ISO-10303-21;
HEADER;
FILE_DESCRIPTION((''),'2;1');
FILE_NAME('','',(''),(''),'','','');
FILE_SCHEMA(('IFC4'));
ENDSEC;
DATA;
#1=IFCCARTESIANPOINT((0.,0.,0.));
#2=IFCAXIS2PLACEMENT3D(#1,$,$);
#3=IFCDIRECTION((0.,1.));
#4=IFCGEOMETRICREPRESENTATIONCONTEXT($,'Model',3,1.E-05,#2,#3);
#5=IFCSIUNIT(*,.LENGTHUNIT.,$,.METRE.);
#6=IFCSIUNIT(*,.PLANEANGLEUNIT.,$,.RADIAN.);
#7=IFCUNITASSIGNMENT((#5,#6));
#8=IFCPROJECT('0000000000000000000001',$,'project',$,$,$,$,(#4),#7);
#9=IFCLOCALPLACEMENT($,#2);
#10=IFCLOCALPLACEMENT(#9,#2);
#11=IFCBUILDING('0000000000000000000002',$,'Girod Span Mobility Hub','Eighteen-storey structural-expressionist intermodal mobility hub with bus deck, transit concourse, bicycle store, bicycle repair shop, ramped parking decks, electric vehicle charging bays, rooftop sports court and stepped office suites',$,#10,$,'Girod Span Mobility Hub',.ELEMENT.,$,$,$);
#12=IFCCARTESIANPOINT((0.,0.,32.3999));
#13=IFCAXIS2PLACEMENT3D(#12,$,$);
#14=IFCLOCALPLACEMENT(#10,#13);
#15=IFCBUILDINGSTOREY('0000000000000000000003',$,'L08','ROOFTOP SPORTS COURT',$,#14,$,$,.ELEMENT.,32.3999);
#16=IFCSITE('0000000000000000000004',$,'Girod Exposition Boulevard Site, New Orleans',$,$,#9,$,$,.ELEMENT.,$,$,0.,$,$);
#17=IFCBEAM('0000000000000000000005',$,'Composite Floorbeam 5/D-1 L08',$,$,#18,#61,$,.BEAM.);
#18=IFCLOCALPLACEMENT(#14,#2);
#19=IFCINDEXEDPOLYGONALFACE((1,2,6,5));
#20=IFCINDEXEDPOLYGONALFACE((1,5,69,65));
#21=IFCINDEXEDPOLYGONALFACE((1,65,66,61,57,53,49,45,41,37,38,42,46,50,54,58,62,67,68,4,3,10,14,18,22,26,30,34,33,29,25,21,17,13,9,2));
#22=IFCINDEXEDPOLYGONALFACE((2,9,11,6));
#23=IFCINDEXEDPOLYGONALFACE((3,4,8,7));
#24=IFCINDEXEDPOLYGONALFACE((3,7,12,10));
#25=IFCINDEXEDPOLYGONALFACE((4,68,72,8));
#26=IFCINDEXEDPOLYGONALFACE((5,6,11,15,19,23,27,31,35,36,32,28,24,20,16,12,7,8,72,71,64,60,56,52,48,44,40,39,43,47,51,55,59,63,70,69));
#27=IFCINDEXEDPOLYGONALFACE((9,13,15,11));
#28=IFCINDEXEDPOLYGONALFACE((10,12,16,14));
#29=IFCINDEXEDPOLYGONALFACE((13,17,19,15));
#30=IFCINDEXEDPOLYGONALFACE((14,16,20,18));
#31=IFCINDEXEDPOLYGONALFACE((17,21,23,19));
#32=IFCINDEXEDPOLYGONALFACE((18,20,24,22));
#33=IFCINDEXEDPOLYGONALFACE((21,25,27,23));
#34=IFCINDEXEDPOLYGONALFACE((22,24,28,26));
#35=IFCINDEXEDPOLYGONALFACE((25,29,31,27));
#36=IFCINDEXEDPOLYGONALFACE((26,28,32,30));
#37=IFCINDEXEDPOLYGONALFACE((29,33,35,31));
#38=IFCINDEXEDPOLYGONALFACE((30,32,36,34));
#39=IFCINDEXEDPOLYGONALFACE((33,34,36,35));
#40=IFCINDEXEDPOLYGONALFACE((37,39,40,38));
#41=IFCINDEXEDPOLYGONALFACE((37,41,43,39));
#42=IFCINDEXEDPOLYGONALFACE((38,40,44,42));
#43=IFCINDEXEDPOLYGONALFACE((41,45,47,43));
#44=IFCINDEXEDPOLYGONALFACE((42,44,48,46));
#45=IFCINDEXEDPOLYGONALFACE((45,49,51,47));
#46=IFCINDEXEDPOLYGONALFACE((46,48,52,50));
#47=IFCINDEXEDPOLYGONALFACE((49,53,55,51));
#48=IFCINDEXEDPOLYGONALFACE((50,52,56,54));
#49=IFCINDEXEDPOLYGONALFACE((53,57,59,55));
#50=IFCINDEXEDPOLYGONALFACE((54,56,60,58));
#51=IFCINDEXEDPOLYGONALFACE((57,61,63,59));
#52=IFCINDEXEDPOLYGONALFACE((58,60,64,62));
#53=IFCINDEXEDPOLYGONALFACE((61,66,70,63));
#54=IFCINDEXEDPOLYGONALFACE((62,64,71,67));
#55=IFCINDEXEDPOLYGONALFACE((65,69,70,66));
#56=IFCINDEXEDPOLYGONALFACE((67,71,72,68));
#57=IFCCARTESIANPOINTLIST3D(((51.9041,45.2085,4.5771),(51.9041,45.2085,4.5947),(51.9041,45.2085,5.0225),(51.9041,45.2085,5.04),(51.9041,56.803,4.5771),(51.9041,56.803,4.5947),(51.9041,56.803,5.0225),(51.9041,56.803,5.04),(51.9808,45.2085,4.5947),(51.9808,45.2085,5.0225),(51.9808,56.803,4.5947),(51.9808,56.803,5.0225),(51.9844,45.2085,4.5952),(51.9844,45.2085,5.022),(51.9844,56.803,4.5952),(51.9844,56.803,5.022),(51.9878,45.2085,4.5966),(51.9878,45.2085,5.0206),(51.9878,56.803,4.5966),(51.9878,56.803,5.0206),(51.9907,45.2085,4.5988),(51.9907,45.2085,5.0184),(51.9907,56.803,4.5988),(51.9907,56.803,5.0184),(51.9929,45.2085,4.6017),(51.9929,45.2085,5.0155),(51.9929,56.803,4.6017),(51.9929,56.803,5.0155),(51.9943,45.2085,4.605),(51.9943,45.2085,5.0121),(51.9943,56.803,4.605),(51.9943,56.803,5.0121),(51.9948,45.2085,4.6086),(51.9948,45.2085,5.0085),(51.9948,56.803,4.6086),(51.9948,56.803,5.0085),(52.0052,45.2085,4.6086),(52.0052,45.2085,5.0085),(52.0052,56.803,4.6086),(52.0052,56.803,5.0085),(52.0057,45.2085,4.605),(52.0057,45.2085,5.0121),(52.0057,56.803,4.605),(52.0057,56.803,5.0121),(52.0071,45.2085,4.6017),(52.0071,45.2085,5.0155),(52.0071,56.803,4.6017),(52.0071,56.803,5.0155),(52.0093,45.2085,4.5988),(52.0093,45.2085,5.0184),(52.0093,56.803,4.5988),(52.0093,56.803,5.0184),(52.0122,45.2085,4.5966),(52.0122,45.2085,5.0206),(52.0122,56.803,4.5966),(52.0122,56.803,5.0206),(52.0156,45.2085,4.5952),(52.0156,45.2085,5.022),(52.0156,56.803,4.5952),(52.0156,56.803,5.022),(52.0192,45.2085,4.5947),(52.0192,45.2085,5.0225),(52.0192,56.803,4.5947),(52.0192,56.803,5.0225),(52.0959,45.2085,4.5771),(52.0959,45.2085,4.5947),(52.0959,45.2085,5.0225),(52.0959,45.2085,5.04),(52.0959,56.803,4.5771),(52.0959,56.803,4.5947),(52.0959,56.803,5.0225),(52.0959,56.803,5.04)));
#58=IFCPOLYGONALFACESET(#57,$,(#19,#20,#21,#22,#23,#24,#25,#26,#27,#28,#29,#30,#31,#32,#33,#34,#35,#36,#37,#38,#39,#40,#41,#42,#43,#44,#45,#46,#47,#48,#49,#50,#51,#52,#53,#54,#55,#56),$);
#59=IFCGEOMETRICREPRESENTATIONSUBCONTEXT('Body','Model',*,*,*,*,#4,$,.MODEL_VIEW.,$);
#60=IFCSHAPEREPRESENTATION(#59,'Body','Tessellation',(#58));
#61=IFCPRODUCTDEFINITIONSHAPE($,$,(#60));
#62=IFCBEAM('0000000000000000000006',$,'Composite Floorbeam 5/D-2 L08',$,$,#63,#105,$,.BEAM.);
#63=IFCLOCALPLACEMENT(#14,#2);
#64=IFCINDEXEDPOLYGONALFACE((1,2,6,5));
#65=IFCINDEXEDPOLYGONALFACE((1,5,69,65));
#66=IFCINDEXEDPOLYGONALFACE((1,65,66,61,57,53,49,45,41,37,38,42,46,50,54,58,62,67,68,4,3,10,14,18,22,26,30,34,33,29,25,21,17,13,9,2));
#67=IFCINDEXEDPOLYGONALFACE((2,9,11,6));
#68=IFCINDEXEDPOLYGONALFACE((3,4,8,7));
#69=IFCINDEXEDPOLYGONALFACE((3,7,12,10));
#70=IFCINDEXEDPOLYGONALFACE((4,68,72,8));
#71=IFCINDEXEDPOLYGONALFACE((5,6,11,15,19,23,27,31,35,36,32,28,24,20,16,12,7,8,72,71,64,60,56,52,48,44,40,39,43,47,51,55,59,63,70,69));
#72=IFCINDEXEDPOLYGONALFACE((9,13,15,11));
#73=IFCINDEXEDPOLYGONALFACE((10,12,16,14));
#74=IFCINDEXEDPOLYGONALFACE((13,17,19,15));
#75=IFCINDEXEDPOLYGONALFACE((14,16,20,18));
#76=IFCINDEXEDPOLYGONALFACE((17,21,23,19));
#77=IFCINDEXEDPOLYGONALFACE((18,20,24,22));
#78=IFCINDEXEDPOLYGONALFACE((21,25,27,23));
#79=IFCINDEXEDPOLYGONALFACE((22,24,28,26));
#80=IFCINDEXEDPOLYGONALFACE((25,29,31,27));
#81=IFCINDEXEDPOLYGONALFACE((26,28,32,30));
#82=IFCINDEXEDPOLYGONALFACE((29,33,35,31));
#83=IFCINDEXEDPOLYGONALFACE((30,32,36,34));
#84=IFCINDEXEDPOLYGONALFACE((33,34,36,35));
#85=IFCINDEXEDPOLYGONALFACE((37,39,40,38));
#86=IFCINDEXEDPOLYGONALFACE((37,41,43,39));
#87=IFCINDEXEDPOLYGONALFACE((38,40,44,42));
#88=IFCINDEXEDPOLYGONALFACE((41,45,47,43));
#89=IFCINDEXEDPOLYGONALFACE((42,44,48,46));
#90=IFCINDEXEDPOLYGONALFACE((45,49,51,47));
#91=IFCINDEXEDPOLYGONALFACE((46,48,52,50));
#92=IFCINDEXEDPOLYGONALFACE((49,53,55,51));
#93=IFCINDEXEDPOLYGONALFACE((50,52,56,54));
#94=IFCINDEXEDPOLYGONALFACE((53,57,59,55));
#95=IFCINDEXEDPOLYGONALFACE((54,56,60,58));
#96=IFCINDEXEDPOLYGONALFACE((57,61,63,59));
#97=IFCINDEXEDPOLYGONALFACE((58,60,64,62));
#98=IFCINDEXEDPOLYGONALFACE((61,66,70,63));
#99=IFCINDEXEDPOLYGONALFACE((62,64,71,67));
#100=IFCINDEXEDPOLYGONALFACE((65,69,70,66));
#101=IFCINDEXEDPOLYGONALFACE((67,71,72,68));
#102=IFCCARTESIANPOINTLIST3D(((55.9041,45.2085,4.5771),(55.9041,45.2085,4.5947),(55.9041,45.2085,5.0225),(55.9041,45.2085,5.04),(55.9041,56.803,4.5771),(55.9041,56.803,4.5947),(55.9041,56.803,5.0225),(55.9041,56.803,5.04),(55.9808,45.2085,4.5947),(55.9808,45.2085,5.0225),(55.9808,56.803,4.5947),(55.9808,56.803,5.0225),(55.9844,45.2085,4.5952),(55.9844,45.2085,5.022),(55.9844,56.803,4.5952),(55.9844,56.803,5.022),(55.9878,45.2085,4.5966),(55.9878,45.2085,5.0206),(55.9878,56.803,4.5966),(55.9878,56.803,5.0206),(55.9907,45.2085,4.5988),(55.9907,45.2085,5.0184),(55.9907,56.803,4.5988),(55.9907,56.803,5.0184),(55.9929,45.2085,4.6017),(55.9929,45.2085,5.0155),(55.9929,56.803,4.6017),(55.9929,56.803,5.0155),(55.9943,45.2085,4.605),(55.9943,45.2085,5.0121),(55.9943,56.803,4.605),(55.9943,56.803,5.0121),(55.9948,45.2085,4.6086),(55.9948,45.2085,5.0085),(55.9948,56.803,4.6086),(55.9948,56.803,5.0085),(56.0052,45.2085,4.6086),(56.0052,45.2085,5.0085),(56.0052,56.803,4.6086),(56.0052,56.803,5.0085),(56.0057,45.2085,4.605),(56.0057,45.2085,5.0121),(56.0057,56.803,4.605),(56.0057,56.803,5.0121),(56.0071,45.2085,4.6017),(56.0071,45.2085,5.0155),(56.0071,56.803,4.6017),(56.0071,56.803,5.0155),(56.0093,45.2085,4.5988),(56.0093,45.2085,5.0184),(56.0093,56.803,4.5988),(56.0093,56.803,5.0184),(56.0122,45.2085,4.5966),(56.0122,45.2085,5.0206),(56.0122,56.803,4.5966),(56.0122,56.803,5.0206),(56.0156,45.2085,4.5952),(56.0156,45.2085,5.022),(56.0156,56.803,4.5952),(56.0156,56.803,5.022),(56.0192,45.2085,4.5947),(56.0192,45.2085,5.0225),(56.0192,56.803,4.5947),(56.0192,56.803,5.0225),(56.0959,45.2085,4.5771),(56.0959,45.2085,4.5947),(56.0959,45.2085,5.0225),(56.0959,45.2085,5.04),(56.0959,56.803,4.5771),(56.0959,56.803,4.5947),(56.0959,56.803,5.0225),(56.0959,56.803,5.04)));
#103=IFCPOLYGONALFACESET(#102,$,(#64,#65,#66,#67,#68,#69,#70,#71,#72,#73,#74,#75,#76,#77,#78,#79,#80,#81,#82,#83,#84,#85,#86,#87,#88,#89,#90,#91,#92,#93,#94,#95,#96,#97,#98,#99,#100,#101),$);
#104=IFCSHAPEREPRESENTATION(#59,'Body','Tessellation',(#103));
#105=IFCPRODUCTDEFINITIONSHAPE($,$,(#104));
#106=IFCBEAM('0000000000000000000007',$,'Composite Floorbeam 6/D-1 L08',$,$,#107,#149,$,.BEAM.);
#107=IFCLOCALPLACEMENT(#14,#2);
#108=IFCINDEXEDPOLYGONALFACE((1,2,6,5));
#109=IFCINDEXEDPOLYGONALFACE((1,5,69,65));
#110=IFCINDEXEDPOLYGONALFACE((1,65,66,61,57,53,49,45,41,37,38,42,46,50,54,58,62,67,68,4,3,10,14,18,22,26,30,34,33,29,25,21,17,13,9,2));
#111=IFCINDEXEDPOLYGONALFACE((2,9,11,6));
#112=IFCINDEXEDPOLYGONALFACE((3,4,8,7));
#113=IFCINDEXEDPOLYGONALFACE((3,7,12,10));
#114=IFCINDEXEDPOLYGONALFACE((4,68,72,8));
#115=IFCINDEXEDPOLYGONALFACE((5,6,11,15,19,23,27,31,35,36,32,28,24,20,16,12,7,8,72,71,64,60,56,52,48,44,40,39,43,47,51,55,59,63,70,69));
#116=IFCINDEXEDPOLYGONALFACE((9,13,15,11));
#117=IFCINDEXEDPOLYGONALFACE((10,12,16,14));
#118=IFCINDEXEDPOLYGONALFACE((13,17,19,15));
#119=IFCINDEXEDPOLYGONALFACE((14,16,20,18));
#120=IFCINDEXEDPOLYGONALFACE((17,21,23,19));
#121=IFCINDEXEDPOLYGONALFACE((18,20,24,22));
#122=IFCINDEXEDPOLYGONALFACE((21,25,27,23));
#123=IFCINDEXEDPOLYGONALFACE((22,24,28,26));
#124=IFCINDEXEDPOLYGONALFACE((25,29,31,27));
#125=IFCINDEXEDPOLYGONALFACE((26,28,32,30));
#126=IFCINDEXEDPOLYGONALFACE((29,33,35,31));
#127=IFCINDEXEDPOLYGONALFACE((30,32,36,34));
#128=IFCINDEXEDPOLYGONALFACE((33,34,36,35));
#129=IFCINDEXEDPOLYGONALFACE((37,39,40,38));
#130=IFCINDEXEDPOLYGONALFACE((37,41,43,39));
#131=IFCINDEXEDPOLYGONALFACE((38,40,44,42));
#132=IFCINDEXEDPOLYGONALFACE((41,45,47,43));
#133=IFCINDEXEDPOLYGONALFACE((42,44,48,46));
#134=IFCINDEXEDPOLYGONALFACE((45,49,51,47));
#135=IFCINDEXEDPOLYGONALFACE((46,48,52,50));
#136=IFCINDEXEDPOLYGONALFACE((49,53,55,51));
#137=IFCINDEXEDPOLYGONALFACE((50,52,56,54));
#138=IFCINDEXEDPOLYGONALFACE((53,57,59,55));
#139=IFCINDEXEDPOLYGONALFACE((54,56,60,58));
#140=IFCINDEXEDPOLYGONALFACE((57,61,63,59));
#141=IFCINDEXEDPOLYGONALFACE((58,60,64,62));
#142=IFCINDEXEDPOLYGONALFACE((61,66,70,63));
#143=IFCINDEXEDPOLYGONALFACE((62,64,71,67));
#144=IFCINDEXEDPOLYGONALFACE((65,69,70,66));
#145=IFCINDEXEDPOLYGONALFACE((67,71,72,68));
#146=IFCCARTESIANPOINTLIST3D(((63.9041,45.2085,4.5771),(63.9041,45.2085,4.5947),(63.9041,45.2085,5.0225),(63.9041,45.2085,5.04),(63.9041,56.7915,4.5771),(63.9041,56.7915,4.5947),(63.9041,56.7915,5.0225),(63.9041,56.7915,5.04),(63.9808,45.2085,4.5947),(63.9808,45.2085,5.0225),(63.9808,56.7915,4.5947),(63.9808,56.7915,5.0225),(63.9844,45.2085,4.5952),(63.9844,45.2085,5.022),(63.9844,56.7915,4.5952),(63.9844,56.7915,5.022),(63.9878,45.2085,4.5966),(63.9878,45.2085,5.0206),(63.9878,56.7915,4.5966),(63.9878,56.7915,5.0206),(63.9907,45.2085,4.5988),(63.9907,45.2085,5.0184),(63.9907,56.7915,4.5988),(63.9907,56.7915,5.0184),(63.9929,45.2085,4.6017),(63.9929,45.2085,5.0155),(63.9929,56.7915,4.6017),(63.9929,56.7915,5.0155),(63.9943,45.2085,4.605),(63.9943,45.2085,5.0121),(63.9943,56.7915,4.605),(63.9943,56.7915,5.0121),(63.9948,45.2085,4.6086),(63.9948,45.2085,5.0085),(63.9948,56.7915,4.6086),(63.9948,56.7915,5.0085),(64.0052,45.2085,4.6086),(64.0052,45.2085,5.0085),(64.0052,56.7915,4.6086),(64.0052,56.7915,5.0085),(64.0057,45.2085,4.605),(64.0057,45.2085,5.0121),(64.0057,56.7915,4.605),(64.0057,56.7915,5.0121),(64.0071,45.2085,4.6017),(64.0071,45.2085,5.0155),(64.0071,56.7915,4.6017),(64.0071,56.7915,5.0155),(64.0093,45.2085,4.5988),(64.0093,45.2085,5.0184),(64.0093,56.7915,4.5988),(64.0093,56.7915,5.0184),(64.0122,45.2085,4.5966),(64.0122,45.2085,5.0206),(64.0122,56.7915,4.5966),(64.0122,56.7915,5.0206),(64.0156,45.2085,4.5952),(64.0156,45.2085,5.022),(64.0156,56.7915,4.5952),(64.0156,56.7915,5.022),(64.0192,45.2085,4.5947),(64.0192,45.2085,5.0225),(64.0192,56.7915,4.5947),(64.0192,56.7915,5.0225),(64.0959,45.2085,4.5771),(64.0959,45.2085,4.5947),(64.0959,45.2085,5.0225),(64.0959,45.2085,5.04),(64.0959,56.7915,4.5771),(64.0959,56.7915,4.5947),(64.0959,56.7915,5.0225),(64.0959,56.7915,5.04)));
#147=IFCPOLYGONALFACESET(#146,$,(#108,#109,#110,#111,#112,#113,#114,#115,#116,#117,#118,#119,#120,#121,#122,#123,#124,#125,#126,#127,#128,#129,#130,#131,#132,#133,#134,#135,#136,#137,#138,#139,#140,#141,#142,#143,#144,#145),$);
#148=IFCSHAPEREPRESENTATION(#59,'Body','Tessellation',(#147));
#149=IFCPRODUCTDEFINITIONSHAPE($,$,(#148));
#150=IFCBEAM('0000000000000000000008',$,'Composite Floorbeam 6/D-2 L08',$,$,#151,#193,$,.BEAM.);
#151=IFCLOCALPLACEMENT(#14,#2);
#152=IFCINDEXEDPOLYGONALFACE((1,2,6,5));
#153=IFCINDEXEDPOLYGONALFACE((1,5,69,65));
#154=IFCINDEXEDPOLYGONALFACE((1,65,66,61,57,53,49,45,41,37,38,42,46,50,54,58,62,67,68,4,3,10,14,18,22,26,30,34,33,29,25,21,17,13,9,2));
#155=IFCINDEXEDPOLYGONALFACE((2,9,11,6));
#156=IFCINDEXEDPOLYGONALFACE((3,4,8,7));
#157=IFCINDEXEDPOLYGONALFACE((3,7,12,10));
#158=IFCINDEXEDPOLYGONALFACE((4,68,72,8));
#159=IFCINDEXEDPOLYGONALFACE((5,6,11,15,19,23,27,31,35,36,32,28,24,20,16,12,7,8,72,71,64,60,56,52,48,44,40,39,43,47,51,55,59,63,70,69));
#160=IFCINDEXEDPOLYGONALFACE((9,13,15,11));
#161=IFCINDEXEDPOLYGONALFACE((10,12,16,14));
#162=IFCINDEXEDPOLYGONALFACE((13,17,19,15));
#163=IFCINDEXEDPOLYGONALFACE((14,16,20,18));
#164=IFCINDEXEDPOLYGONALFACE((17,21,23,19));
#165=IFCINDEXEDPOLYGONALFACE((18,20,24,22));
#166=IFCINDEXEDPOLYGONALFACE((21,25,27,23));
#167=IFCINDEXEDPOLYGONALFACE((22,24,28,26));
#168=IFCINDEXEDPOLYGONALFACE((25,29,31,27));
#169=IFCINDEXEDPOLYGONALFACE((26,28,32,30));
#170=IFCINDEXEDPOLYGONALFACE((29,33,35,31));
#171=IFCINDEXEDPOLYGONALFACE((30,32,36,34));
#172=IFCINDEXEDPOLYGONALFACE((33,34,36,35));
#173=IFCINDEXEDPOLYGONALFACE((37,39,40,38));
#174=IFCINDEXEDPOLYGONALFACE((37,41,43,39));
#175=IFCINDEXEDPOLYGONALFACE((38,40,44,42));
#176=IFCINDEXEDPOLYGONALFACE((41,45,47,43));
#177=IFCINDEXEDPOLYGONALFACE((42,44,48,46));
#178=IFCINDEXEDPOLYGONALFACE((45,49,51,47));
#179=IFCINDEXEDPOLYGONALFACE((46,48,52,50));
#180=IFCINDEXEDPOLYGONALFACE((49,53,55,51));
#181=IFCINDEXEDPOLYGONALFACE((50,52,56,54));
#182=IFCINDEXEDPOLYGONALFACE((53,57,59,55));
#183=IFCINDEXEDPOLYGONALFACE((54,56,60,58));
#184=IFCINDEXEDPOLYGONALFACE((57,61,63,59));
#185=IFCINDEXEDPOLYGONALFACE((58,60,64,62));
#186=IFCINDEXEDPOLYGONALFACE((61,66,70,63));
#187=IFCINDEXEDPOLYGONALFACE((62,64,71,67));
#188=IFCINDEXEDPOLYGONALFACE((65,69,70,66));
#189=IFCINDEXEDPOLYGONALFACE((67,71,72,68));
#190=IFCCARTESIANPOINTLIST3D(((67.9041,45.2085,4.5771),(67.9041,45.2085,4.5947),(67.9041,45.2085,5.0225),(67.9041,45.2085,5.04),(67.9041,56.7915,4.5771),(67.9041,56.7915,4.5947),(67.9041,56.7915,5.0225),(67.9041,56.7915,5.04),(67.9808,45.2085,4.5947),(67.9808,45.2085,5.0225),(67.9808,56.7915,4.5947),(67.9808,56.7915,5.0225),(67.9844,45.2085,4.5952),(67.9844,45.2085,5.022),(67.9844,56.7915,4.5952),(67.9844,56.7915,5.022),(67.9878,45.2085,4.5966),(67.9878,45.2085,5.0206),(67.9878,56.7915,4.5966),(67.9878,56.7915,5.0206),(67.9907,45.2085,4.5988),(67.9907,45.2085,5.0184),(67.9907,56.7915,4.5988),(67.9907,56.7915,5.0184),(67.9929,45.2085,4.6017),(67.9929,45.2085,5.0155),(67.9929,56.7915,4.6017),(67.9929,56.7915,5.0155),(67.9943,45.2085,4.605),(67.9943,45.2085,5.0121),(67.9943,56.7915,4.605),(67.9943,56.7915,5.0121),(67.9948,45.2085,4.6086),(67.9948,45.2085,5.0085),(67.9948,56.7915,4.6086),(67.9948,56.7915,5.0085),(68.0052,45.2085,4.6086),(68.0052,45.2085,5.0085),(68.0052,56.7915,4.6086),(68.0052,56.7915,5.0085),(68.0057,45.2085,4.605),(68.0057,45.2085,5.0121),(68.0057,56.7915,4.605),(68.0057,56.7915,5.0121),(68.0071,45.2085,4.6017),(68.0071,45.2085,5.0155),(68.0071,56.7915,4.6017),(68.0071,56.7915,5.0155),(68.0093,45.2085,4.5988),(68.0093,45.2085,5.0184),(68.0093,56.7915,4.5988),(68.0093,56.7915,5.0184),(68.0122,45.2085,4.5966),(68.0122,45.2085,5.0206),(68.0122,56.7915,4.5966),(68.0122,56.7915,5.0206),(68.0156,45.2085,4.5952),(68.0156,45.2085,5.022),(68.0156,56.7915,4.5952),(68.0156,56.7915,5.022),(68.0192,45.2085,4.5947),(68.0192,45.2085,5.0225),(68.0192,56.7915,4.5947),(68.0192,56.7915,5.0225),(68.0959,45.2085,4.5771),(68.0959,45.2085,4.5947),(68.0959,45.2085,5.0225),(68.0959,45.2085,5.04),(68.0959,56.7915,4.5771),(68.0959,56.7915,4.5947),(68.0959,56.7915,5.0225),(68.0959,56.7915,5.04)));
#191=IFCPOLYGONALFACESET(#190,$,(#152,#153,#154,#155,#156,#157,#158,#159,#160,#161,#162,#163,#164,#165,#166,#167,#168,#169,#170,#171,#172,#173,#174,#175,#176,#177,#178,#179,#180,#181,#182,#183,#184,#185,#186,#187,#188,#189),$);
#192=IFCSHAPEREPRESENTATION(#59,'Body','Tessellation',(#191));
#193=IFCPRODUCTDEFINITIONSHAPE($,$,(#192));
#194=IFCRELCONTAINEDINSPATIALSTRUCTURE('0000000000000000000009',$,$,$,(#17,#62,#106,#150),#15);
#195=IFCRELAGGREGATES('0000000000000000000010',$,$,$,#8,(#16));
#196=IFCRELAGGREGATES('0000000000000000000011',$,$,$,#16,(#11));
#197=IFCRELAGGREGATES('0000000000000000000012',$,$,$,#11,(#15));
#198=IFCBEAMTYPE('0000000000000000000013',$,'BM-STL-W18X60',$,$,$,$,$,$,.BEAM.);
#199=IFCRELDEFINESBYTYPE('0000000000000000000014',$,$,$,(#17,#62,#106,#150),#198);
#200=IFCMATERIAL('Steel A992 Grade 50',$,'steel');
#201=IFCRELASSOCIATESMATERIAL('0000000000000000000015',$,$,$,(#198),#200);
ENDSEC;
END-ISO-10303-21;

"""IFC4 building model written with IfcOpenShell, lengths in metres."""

from ifc_helpers import new_model, si_unit, direction, frame, origin, origin_2d, place, context, subcontext, project, spatial, i_section, extrude, material, material_profile, profile_set, type_object, element, save


model = new_model("IFC4")

# Units and contexts
model_context = context("Model", 3, precision=1e-05, world=origin(), true_north=direction((0.0, 1.0)))
body_context = subcontext(model_context, "Body", "Model", "MODEL_VIEW")
ifc_project = project(units=[si_unit("LENGTHUNIT", "METRE"), si_unit("PLANEANGLEUNIT", "RADIAN")], contexts=[model_context])

# Site, building, storey
site_placement = place(None, origin())
site = spatial("IfcSite", under=ifc_project, at=site_placement, Name="Girod Exposition Boulevard Site, New Orleans", CompositionType="ELEMENT", RefElevation=0.0)
building_placement = place(site_placement, origin())
building = spatial("IfcBuilding", under=site, at=building_placement, Name="Girod Span Mobility Hub", Description="Eighteen-storey structural-expressionist intermodal mobility hub with bus deck, transit concourse, bicycle store, bicycle repair shop, ramped parking decks, electric vehicle charging bays, rooftop sports court and stepped office suites", LongName="Girod Span Mobility Hub", CompositionType="ELEMENT")
storey_placement = place(building_placement, frame((0.0, 0.0, 32.3999)))
storey = spatial("IfcBuildingStorey", under=building, at=storey_placement, Name="L08", Description="ROOFTOP SPORTS COURT", CompositionType="ELEMENT", Elevation=32.3999)

# Beams
ifc_material_1 = material(Name="Steel A992 Grade 50", Category="steel")
ifc_material_profile_1 = material_profile(ifc_material_1, i_section(OverallWidth=0.1919, OverallDepth=0.4629, WebThickness=0.0105, FlangeThickness=0.0176, FilletRadius=0.0139, at=origin_2d()), Name="W18X60")
ifc_profile_set_1 = profile_set([ifc_material_profile_1], Name="Steel A992 Grade 50")
beam_type_1 = type_object("IfcBeamType", Name="BM-STL-W18X60", PredefinedType="BEAM", material=ifc_profile_set_1)
for number, where, z_axis, x_axis, name in (
    (1, (52.0, 45.2085, 4.8086), (0.0, 1.0, 0.0), (-1.0, 0.0, 0.0), "Composite Floorbeam 5/D-1 L08"),
    (2, (56.0, 45.2085, 4.8086), (0.0, 1.0, 0.0), (-1.0, 0.0, 0.0), "Composite Floorbeam 5/D-2 L08"),
):
    element("IfcBeam", number, at=place(storey_placement, frame(where, z_axis=z_axis, x_axis=x_axis)), inside=storey, type_object=beam_type_1, Name=name, PredefinedType="BEAM", context=body_context, shape_type="SweptSolid", body=[
        extrude(i_section(OverallWidth=0.1919, OverallDepth=0.4629, WebThickness=0.0105, FlangeThickness=0.0176, FilletRadius=0.0139, at=origin_2d()), origin(), (0.0, 0.0, 1.0), 11.5945),
    ])
for number, where, z_axis, x_axis, name in (
    (3, (64.0, 45.2085, 4.8086), (0.0, 1.0, 0.0), (-1.0, 0.0, 0.0), "Composite Floorbeam 6/D-1 L08"),
    (4, (68.0, 45.2085, 4.8086), (0.0, 1.0, 0.0), (-1.0, 0.0, 0.0), "Composite Floorbeam 6/D-2 L08"),
):
    element("IfcBeam", number, at=place(storey_placement, frame(where, z_axis=z_axis, x_axis=x_axis)), inside=storey, type_object=beam_type_1, Name=name, PredefinedType="BEAM", context=body_context, shape_type="SweptSolid", body=[
        extrude(i_section(OverallWidth=0.1919, OverallDepth=0.4629, WebThickness=0.0105, FlangeThickness=0.0176, FilletRadius=0.0139, at=origin_2d()), origin(), (0.0, 0.0, 1.0), 11.583),
    ])

save(model, "model.ifc")
